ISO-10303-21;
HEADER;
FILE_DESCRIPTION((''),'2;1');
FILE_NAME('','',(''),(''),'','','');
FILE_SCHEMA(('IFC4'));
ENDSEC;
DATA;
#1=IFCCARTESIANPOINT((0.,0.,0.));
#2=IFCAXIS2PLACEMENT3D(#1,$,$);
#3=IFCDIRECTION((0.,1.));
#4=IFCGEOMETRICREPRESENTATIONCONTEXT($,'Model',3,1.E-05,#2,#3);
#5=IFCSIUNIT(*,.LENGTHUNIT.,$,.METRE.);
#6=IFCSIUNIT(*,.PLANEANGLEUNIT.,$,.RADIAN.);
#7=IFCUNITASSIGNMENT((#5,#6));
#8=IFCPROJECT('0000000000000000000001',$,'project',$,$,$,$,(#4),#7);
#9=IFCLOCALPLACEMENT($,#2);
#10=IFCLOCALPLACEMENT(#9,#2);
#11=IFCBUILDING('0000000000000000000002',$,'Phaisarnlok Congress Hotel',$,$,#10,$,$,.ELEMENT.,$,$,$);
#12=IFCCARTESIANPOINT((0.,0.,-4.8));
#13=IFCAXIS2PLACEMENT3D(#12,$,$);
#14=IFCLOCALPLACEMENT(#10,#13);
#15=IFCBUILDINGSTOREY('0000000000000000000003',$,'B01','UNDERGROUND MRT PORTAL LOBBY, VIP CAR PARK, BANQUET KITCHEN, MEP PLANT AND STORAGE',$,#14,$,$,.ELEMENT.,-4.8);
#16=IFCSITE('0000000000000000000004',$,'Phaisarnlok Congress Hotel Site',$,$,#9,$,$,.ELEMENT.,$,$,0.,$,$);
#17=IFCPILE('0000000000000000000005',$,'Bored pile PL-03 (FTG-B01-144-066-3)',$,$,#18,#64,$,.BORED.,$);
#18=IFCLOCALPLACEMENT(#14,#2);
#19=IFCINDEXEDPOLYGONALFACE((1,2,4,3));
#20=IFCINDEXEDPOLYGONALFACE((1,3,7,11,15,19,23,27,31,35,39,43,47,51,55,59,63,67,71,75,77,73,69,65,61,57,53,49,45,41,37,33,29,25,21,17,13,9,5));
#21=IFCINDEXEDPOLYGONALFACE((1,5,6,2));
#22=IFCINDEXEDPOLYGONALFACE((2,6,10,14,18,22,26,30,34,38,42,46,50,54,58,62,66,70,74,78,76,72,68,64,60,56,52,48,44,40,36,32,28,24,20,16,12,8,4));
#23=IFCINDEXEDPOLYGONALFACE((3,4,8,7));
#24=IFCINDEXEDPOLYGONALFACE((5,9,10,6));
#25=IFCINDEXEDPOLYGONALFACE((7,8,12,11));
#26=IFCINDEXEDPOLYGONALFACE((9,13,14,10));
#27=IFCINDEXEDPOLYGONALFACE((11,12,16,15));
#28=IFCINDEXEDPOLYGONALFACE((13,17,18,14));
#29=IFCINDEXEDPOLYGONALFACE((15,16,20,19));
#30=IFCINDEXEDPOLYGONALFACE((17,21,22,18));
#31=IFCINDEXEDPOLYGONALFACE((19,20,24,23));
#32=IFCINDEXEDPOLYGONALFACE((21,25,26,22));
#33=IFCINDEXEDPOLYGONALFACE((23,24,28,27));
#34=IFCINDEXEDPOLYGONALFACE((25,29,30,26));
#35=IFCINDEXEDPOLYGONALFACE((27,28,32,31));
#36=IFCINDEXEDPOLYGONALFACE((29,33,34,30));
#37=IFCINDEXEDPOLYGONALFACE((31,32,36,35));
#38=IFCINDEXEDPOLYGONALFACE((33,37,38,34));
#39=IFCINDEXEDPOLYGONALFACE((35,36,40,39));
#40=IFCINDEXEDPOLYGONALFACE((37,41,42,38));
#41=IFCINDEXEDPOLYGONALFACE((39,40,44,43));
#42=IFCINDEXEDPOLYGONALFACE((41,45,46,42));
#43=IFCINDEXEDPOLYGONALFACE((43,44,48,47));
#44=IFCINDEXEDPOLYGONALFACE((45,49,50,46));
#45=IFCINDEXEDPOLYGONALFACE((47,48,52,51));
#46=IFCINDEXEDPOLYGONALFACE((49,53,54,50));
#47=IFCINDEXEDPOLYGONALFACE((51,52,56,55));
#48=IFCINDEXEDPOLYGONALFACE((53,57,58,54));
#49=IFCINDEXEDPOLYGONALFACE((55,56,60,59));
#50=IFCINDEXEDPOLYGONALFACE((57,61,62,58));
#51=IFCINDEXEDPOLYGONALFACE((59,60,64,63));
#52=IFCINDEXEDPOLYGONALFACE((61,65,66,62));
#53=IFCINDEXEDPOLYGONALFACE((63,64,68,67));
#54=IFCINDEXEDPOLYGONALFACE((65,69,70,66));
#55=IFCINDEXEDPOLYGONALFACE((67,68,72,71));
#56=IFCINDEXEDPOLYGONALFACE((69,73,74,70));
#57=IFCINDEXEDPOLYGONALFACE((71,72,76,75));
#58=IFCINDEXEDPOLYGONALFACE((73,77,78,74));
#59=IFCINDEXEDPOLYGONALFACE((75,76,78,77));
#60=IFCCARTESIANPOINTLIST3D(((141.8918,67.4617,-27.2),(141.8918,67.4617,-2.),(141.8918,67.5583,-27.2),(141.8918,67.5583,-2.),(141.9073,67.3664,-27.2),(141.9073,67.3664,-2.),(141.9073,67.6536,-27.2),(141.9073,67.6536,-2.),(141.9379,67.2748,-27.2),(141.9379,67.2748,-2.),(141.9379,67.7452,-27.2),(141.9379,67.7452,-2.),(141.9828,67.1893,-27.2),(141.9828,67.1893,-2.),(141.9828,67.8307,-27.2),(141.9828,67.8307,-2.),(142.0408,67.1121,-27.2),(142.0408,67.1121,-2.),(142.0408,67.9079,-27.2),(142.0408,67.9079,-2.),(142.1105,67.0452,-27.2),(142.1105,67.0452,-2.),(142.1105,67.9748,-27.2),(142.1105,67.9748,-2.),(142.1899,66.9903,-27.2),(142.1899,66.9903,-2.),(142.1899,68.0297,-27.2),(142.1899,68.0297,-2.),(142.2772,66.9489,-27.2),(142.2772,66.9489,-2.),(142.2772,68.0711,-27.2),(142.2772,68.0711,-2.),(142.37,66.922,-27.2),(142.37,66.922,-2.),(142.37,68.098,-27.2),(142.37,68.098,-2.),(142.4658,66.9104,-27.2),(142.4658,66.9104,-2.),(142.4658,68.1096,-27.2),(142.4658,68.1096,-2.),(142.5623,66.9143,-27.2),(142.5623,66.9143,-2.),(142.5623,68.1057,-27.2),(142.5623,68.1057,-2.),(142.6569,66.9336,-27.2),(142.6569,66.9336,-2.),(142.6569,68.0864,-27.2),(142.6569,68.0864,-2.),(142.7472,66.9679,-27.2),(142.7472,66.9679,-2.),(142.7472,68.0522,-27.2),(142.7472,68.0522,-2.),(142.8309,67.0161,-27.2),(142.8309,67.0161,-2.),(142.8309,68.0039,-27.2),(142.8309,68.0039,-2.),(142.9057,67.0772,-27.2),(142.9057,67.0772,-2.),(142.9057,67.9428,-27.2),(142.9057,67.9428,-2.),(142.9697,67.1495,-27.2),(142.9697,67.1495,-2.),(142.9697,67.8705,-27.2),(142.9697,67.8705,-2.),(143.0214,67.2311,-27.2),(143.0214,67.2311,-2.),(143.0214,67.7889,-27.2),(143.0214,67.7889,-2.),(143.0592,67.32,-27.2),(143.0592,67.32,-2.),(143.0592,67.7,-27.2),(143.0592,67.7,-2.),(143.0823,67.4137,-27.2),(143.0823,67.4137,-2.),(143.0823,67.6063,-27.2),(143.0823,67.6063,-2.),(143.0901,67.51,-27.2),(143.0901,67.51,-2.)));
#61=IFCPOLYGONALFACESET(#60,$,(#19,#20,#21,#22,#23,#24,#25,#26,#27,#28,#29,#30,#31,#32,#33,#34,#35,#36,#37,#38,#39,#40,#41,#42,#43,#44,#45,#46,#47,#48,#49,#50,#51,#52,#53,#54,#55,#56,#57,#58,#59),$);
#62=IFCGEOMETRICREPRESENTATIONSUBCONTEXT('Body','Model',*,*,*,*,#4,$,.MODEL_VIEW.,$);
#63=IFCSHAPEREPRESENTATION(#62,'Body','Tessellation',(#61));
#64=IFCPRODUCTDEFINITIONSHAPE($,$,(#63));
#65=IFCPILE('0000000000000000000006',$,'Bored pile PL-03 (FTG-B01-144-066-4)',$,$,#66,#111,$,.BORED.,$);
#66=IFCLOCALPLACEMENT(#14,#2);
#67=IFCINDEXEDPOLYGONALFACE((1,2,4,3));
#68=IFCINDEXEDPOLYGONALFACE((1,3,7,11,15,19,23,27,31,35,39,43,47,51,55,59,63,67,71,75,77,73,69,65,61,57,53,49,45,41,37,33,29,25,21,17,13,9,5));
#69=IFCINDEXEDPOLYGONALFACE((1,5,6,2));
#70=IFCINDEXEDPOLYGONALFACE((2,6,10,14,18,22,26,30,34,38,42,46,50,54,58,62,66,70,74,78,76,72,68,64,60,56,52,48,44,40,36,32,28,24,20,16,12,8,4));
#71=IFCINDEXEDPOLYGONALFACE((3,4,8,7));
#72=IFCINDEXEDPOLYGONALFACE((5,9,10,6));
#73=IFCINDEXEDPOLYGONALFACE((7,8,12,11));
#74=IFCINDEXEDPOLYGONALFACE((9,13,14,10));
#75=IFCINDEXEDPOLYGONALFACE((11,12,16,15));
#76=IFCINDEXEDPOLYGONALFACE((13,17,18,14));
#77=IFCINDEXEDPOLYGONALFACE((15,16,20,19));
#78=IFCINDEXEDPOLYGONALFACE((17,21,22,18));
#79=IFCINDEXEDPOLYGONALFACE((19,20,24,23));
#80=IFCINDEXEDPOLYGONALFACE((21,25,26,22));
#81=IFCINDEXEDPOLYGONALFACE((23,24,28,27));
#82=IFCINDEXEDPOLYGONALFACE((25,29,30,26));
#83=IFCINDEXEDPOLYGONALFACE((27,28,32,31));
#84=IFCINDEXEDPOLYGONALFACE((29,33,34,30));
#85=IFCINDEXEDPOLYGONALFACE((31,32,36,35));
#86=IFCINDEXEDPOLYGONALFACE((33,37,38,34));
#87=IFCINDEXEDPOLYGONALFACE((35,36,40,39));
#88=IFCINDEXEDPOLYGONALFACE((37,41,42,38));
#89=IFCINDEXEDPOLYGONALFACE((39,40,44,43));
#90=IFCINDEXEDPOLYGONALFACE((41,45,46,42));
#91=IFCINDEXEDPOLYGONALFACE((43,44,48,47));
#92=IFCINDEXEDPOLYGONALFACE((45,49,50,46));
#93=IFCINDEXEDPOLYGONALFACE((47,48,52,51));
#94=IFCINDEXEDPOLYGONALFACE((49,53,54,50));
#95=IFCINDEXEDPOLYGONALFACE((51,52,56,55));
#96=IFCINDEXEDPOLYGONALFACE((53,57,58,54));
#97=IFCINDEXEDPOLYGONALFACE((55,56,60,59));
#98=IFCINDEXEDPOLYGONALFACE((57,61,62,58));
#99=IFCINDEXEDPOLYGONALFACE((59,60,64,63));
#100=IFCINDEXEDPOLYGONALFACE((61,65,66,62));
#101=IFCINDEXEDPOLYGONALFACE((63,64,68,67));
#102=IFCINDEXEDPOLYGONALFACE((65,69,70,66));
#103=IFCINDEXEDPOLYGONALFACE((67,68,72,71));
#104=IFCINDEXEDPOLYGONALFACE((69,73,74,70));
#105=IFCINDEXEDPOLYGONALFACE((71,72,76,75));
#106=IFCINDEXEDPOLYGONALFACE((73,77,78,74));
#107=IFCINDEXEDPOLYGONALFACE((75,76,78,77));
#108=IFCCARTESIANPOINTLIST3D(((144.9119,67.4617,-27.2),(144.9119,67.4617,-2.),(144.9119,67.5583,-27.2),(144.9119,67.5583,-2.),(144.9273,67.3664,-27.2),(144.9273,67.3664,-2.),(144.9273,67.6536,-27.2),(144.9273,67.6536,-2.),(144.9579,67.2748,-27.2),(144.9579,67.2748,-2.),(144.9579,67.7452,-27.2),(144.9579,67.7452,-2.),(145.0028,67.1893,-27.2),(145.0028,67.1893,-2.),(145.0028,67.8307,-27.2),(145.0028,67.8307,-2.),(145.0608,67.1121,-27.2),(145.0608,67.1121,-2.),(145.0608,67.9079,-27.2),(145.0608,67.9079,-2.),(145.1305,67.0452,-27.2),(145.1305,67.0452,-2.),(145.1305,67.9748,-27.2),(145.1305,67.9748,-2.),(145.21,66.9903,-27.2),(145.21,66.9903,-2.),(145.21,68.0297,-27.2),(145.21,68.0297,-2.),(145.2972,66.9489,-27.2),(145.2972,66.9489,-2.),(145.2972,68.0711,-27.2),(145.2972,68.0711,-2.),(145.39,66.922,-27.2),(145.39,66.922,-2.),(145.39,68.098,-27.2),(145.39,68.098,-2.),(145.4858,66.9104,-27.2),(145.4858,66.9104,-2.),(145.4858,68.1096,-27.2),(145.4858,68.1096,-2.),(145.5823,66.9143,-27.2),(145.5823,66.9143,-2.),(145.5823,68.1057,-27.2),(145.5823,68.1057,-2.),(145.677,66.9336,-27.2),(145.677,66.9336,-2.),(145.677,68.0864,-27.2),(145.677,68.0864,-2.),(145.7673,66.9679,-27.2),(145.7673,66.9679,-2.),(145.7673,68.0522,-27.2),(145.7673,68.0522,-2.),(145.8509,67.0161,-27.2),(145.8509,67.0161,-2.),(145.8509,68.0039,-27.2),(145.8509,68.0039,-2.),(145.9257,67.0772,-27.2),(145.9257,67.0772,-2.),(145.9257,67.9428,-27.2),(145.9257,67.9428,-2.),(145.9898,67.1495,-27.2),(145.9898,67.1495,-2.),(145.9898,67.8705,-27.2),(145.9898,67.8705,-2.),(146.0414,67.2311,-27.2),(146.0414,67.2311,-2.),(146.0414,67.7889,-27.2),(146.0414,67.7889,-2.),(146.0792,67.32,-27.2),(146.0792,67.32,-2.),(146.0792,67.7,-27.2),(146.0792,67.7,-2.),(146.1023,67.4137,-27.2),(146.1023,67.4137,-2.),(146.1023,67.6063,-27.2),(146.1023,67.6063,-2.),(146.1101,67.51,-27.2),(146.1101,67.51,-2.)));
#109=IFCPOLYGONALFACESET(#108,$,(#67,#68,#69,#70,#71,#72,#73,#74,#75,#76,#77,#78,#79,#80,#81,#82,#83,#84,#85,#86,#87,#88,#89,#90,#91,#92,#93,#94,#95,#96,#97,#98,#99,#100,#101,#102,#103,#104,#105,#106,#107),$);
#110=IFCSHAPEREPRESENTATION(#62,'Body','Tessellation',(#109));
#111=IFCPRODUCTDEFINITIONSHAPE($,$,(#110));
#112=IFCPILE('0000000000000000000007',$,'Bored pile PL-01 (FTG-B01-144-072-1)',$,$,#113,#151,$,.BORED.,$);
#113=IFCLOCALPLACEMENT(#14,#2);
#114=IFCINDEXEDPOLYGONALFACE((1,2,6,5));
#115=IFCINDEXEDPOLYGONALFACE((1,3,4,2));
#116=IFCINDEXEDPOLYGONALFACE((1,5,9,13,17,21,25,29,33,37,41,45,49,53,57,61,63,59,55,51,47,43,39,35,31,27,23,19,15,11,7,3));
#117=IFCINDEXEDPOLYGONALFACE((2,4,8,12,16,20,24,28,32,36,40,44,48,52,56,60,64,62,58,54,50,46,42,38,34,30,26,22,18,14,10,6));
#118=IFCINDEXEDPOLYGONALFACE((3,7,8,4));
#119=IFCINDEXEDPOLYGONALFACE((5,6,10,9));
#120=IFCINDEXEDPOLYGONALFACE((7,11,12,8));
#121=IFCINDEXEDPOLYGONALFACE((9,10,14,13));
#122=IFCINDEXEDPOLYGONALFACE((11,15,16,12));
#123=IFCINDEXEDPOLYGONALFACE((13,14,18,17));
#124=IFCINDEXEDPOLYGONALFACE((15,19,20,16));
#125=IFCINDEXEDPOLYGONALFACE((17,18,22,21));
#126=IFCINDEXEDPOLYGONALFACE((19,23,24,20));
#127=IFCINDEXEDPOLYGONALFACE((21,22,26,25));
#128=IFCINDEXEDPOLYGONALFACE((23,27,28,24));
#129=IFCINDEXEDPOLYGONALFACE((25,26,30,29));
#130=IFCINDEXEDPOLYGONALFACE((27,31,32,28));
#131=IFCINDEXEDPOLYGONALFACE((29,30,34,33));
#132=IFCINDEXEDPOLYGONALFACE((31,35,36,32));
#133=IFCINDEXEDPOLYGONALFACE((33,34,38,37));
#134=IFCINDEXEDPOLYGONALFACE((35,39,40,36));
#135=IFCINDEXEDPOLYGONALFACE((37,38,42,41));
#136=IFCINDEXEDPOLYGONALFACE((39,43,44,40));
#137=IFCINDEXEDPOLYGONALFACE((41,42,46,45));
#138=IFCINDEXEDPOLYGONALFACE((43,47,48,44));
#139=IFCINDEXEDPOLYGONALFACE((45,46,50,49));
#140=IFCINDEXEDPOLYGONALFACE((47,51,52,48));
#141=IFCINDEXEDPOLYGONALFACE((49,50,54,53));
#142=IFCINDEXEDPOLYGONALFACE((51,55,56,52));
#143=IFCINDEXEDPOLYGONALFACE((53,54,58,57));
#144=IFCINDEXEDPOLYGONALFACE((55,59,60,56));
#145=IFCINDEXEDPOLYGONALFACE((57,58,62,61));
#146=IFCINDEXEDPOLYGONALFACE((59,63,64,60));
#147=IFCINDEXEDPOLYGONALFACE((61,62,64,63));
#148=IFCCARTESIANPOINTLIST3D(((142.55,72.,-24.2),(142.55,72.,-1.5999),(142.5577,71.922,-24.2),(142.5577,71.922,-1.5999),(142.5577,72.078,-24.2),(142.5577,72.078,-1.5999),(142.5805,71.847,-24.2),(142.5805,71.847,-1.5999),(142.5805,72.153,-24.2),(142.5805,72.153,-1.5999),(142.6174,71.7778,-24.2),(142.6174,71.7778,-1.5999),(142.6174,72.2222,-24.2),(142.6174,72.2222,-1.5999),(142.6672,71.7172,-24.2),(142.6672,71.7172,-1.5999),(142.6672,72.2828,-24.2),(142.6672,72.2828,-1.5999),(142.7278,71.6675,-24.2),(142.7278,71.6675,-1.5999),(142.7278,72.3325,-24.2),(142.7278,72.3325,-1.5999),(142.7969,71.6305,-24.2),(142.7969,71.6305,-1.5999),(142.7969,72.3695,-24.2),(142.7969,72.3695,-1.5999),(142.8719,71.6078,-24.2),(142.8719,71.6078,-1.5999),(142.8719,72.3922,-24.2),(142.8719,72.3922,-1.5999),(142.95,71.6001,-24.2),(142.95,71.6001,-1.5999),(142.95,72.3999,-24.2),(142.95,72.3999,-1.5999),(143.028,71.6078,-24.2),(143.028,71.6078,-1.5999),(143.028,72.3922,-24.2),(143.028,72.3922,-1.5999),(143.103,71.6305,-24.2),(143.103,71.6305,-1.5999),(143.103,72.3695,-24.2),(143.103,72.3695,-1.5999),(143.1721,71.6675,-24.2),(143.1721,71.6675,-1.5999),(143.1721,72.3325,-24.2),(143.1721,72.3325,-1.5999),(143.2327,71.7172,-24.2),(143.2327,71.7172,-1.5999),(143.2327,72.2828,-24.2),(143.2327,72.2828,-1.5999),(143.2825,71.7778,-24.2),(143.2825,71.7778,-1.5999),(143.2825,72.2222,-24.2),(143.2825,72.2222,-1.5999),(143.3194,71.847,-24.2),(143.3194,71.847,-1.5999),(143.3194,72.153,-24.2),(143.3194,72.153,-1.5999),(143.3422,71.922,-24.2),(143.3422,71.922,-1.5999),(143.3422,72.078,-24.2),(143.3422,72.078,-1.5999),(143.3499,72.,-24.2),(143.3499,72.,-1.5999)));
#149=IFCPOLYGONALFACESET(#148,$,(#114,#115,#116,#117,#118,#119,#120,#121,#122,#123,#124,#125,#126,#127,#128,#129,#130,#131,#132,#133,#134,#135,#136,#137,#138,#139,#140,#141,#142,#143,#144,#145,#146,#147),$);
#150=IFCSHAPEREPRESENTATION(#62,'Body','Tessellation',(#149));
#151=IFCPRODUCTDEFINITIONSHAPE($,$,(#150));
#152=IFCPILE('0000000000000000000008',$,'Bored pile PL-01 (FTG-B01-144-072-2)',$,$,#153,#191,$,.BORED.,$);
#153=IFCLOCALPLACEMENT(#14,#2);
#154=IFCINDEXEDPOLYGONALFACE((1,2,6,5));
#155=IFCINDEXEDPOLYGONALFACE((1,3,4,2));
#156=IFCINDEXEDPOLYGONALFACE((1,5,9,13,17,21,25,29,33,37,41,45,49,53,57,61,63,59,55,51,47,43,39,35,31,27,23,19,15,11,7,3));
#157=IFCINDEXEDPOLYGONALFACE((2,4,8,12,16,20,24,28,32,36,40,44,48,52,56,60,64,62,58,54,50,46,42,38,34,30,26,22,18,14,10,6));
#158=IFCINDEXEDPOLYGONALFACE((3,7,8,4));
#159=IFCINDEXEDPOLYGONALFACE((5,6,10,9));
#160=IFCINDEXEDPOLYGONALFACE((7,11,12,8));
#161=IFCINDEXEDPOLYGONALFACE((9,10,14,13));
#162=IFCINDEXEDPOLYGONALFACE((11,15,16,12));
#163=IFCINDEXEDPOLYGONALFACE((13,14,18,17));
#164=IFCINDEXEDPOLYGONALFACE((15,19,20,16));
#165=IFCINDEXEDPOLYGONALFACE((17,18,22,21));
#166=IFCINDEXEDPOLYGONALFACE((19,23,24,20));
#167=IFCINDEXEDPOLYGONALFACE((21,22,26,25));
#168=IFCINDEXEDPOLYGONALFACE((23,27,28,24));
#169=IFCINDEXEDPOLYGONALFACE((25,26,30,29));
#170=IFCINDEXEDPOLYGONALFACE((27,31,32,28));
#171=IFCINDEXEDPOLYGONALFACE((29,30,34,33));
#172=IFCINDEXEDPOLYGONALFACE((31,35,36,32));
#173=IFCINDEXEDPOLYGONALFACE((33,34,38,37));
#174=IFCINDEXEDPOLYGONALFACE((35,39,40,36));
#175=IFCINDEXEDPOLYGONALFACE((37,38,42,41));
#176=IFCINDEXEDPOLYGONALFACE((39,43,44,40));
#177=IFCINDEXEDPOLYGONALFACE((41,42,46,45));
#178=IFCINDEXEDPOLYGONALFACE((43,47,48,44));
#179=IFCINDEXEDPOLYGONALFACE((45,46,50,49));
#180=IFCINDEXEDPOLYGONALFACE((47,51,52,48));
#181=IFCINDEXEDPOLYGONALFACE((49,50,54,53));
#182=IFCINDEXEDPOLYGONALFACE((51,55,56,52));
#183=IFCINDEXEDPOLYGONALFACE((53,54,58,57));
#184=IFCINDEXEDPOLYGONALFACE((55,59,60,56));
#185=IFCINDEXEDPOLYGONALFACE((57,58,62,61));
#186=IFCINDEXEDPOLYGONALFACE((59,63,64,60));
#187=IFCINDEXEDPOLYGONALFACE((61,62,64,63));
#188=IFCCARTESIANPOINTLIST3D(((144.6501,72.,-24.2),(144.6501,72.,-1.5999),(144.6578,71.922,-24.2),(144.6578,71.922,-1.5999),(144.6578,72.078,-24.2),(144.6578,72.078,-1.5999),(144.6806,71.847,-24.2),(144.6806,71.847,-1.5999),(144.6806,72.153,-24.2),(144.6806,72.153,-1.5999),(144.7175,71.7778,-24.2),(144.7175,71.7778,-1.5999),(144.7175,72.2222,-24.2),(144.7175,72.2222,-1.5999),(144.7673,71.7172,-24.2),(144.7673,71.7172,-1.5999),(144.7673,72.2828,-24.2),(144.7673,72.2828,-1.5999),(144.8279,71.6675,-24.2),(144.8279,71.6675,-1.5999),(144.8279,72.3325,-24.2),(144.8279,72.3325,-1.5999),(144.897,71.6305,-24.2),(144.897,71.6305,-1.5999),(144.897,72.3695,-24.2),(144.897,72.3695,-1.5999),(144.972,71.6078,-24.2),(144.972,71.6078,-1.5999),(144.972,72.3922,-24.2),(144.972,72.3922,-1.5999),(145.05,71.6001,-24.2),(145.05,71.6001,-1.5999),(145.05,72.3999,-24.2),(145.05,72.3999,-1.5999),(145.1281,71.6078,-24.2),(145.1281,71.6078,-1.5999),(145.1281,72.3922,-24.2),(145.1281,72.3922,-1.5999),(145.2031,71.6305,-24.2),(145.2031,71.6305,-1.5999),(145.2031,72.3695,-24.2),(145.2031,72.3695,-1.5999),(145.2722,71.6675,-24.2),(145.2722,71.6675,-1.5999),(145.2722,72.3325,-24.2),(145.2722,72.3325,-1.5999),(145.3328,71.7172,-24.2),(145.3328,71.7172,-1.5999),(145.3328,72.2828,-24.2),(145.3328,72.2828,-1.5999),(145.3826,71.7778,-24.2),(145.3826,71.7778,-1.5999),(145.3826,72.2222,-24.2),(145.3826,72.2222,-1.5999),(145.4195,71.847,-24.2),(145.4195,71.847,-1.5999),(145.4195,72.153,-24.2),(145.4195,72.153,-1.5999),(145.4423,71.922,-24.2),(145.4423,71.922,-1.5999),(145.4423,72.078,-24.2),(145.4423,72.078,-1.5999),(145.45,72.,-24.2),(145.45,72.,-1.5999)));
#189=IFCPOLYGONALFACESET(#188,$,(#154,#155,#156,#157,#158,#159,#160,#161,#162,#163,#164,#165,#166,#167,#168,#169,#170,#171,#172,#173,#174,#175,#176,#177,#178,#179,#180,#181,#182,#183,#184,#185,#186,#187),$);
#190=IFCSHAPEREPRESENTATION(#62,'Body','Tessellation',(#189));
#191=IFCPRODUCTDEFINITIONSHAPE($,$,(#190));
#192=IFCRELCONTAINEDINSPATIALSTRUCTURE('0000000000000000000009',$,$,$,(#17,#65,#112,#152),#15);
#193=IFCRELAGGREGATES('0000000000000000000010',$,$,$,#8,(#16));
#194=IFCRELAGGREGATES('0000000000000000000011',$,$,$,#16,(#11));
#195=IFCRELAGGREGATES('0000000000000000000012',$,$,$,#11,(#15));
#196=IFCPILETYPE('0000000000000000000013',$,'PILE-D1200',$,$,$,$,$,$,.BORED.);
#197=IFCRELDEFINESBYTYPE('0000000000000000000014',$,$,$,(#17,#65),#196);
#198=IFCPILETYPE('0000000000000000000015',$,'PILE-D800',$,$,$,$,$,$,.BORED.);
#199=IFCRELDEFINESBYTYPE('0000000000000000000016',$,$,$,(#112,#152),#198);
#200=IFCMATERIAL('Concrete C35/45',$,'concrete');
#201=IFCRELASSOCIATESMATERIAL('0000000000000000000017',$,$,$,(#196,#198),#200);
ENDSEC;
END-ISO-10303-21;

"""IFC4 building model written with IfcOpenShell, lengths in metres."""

from ifc_helpers import new_model, si_unit, direction, frame, origin, origin_2d, place, context, subcontext, project, spatial, circle, extrude, material, material_profile, profile_set, type_object, element, save


model = new_model("IFC4")

# Units and contexts
model_context = context("Model", 3, precision=1e-05, world=origin(), true_north=direction((0.0, 1.0)))
body_context = subcontext(model_context, "Body", "Model", "MODEL_VIEW")
ifc_project = project(units=[si_unit("LENGTHUNIT", "METRE"), si_unit("PLANEANGLEUNIT", "RADIAN")], contexts=[model_context])

# Site, building, storey
site_placement = place(None, origin())
site = spatial("IfcSite", under=ifc_project, at=site_placement, Name="Phaisarnlok Congress Hotel Site", CompositionType="ELEMENT", RefElevation=0.0)
building_placement = place(site_placement, origin())
building = spatial("IfcBuilding", under=site, at=building_placement, Name="Phaisarnlok Congress Hotel", CompositionType="ELEMENT")
storey_placement = place(building_placement, frame((0.0, 0.0, -4.8)))
storey = spatial("IfcBuildingStorey", under=building, at=storey_placement, Name="B01", Description="UNDERGROUND MRT PORTAL LOBBY, VIP CAR PARK, BANQUET KITCHEN, MEP PLANT AND STORAGE", CompositionType="ELEMENT", Elevation=-4.8)

# Piles
ifc_material_1 = material(Name="Concrete C35/45", Category="concrete")
ifc_material_profile_1 = material_profile(ifc_material_1, circle(Radius=0.6001, at=origin_2d()), Name="BORED PILE D1200")
ifc_profile_set_1 = profile_set([ifc_material_profile_1], Name="Concrete C35/45")
pile_type_1 = type_object("IfcPileType", Name="PILE-D1200", PredefinedType="BORED", material=ifc_profile_set_1)
for number, where, z_axis, x_axis, name in (
    (1, (142.49, 67.51, -2.0), (0.0, 0.0, -1.0), (1.0, 0.0, 0.0), "Bored pile PL-03 (FTG-B01-144-066-3)"),
    (2, (145.51, 67.51, -2.0), (0.0, 0.0, -1.0), (1.0, 0.0, 0.0), "Bored pile PL-03 (FTG-B01-144-066-4)"),
):
    element("IfcPile", number, at=place(storey_placement, frame(where, z_axis=z_axis, x_axis=x_axis)), inside=storey, type_object=pile_type_1, Name=name, PredefinedType="BORED", context=body_context, shape_type="SweptSolid", body=[
        extrude(circle(Radius=0.6001, at=origin_2d()), origin(), (0.0, 0.0, 1.0), 25.2),
    ])
ifc_material_profile_2 = material_profile(ifc_material_1, circle(Radius=0.3999, at=origin_2d()), Name="BORED PILE D800")
ifc_profile_set_2 = profile_set([ifc_material_profile_2], Name="Concrete C35/45")
pile_type_2 = type_object("IfcPileType", Name="PILE-D800", PredefinedType="BORED", material=ifc_profile_set_2)
for number, where, z_axis, x_axis, name in (
    (3, (142.95, 72.0, -1.5999), (0.0, 0.0, -1.0), (1.0, 0.0, 0.0), "Bored pile PL-01 (FTG-B01-144-072-1)"),
    (4, (145.05, 72.0, -1.5999), (0.0, 0.0, -1.0), (1.0, 0.0, 0.0), "Bored pile PL-01 (FTG-B01-144-072-2)"),
):
    element("IfcPile", number, at=place(storey_placement, frame(where, z_axis=z_axis, x_axis=x_axis)), inside=storey, type_object=pile_type_2, Name=name, PredefinedType="BORED", context=body_context, shape_type="SweptSolid", body=[
        extrude(circle(Radius=0.3999, at=origin_2d()), origin(), (0.0, 0.0, 1.0), 22.6001),
    ])

save(model, "model.ifc")
